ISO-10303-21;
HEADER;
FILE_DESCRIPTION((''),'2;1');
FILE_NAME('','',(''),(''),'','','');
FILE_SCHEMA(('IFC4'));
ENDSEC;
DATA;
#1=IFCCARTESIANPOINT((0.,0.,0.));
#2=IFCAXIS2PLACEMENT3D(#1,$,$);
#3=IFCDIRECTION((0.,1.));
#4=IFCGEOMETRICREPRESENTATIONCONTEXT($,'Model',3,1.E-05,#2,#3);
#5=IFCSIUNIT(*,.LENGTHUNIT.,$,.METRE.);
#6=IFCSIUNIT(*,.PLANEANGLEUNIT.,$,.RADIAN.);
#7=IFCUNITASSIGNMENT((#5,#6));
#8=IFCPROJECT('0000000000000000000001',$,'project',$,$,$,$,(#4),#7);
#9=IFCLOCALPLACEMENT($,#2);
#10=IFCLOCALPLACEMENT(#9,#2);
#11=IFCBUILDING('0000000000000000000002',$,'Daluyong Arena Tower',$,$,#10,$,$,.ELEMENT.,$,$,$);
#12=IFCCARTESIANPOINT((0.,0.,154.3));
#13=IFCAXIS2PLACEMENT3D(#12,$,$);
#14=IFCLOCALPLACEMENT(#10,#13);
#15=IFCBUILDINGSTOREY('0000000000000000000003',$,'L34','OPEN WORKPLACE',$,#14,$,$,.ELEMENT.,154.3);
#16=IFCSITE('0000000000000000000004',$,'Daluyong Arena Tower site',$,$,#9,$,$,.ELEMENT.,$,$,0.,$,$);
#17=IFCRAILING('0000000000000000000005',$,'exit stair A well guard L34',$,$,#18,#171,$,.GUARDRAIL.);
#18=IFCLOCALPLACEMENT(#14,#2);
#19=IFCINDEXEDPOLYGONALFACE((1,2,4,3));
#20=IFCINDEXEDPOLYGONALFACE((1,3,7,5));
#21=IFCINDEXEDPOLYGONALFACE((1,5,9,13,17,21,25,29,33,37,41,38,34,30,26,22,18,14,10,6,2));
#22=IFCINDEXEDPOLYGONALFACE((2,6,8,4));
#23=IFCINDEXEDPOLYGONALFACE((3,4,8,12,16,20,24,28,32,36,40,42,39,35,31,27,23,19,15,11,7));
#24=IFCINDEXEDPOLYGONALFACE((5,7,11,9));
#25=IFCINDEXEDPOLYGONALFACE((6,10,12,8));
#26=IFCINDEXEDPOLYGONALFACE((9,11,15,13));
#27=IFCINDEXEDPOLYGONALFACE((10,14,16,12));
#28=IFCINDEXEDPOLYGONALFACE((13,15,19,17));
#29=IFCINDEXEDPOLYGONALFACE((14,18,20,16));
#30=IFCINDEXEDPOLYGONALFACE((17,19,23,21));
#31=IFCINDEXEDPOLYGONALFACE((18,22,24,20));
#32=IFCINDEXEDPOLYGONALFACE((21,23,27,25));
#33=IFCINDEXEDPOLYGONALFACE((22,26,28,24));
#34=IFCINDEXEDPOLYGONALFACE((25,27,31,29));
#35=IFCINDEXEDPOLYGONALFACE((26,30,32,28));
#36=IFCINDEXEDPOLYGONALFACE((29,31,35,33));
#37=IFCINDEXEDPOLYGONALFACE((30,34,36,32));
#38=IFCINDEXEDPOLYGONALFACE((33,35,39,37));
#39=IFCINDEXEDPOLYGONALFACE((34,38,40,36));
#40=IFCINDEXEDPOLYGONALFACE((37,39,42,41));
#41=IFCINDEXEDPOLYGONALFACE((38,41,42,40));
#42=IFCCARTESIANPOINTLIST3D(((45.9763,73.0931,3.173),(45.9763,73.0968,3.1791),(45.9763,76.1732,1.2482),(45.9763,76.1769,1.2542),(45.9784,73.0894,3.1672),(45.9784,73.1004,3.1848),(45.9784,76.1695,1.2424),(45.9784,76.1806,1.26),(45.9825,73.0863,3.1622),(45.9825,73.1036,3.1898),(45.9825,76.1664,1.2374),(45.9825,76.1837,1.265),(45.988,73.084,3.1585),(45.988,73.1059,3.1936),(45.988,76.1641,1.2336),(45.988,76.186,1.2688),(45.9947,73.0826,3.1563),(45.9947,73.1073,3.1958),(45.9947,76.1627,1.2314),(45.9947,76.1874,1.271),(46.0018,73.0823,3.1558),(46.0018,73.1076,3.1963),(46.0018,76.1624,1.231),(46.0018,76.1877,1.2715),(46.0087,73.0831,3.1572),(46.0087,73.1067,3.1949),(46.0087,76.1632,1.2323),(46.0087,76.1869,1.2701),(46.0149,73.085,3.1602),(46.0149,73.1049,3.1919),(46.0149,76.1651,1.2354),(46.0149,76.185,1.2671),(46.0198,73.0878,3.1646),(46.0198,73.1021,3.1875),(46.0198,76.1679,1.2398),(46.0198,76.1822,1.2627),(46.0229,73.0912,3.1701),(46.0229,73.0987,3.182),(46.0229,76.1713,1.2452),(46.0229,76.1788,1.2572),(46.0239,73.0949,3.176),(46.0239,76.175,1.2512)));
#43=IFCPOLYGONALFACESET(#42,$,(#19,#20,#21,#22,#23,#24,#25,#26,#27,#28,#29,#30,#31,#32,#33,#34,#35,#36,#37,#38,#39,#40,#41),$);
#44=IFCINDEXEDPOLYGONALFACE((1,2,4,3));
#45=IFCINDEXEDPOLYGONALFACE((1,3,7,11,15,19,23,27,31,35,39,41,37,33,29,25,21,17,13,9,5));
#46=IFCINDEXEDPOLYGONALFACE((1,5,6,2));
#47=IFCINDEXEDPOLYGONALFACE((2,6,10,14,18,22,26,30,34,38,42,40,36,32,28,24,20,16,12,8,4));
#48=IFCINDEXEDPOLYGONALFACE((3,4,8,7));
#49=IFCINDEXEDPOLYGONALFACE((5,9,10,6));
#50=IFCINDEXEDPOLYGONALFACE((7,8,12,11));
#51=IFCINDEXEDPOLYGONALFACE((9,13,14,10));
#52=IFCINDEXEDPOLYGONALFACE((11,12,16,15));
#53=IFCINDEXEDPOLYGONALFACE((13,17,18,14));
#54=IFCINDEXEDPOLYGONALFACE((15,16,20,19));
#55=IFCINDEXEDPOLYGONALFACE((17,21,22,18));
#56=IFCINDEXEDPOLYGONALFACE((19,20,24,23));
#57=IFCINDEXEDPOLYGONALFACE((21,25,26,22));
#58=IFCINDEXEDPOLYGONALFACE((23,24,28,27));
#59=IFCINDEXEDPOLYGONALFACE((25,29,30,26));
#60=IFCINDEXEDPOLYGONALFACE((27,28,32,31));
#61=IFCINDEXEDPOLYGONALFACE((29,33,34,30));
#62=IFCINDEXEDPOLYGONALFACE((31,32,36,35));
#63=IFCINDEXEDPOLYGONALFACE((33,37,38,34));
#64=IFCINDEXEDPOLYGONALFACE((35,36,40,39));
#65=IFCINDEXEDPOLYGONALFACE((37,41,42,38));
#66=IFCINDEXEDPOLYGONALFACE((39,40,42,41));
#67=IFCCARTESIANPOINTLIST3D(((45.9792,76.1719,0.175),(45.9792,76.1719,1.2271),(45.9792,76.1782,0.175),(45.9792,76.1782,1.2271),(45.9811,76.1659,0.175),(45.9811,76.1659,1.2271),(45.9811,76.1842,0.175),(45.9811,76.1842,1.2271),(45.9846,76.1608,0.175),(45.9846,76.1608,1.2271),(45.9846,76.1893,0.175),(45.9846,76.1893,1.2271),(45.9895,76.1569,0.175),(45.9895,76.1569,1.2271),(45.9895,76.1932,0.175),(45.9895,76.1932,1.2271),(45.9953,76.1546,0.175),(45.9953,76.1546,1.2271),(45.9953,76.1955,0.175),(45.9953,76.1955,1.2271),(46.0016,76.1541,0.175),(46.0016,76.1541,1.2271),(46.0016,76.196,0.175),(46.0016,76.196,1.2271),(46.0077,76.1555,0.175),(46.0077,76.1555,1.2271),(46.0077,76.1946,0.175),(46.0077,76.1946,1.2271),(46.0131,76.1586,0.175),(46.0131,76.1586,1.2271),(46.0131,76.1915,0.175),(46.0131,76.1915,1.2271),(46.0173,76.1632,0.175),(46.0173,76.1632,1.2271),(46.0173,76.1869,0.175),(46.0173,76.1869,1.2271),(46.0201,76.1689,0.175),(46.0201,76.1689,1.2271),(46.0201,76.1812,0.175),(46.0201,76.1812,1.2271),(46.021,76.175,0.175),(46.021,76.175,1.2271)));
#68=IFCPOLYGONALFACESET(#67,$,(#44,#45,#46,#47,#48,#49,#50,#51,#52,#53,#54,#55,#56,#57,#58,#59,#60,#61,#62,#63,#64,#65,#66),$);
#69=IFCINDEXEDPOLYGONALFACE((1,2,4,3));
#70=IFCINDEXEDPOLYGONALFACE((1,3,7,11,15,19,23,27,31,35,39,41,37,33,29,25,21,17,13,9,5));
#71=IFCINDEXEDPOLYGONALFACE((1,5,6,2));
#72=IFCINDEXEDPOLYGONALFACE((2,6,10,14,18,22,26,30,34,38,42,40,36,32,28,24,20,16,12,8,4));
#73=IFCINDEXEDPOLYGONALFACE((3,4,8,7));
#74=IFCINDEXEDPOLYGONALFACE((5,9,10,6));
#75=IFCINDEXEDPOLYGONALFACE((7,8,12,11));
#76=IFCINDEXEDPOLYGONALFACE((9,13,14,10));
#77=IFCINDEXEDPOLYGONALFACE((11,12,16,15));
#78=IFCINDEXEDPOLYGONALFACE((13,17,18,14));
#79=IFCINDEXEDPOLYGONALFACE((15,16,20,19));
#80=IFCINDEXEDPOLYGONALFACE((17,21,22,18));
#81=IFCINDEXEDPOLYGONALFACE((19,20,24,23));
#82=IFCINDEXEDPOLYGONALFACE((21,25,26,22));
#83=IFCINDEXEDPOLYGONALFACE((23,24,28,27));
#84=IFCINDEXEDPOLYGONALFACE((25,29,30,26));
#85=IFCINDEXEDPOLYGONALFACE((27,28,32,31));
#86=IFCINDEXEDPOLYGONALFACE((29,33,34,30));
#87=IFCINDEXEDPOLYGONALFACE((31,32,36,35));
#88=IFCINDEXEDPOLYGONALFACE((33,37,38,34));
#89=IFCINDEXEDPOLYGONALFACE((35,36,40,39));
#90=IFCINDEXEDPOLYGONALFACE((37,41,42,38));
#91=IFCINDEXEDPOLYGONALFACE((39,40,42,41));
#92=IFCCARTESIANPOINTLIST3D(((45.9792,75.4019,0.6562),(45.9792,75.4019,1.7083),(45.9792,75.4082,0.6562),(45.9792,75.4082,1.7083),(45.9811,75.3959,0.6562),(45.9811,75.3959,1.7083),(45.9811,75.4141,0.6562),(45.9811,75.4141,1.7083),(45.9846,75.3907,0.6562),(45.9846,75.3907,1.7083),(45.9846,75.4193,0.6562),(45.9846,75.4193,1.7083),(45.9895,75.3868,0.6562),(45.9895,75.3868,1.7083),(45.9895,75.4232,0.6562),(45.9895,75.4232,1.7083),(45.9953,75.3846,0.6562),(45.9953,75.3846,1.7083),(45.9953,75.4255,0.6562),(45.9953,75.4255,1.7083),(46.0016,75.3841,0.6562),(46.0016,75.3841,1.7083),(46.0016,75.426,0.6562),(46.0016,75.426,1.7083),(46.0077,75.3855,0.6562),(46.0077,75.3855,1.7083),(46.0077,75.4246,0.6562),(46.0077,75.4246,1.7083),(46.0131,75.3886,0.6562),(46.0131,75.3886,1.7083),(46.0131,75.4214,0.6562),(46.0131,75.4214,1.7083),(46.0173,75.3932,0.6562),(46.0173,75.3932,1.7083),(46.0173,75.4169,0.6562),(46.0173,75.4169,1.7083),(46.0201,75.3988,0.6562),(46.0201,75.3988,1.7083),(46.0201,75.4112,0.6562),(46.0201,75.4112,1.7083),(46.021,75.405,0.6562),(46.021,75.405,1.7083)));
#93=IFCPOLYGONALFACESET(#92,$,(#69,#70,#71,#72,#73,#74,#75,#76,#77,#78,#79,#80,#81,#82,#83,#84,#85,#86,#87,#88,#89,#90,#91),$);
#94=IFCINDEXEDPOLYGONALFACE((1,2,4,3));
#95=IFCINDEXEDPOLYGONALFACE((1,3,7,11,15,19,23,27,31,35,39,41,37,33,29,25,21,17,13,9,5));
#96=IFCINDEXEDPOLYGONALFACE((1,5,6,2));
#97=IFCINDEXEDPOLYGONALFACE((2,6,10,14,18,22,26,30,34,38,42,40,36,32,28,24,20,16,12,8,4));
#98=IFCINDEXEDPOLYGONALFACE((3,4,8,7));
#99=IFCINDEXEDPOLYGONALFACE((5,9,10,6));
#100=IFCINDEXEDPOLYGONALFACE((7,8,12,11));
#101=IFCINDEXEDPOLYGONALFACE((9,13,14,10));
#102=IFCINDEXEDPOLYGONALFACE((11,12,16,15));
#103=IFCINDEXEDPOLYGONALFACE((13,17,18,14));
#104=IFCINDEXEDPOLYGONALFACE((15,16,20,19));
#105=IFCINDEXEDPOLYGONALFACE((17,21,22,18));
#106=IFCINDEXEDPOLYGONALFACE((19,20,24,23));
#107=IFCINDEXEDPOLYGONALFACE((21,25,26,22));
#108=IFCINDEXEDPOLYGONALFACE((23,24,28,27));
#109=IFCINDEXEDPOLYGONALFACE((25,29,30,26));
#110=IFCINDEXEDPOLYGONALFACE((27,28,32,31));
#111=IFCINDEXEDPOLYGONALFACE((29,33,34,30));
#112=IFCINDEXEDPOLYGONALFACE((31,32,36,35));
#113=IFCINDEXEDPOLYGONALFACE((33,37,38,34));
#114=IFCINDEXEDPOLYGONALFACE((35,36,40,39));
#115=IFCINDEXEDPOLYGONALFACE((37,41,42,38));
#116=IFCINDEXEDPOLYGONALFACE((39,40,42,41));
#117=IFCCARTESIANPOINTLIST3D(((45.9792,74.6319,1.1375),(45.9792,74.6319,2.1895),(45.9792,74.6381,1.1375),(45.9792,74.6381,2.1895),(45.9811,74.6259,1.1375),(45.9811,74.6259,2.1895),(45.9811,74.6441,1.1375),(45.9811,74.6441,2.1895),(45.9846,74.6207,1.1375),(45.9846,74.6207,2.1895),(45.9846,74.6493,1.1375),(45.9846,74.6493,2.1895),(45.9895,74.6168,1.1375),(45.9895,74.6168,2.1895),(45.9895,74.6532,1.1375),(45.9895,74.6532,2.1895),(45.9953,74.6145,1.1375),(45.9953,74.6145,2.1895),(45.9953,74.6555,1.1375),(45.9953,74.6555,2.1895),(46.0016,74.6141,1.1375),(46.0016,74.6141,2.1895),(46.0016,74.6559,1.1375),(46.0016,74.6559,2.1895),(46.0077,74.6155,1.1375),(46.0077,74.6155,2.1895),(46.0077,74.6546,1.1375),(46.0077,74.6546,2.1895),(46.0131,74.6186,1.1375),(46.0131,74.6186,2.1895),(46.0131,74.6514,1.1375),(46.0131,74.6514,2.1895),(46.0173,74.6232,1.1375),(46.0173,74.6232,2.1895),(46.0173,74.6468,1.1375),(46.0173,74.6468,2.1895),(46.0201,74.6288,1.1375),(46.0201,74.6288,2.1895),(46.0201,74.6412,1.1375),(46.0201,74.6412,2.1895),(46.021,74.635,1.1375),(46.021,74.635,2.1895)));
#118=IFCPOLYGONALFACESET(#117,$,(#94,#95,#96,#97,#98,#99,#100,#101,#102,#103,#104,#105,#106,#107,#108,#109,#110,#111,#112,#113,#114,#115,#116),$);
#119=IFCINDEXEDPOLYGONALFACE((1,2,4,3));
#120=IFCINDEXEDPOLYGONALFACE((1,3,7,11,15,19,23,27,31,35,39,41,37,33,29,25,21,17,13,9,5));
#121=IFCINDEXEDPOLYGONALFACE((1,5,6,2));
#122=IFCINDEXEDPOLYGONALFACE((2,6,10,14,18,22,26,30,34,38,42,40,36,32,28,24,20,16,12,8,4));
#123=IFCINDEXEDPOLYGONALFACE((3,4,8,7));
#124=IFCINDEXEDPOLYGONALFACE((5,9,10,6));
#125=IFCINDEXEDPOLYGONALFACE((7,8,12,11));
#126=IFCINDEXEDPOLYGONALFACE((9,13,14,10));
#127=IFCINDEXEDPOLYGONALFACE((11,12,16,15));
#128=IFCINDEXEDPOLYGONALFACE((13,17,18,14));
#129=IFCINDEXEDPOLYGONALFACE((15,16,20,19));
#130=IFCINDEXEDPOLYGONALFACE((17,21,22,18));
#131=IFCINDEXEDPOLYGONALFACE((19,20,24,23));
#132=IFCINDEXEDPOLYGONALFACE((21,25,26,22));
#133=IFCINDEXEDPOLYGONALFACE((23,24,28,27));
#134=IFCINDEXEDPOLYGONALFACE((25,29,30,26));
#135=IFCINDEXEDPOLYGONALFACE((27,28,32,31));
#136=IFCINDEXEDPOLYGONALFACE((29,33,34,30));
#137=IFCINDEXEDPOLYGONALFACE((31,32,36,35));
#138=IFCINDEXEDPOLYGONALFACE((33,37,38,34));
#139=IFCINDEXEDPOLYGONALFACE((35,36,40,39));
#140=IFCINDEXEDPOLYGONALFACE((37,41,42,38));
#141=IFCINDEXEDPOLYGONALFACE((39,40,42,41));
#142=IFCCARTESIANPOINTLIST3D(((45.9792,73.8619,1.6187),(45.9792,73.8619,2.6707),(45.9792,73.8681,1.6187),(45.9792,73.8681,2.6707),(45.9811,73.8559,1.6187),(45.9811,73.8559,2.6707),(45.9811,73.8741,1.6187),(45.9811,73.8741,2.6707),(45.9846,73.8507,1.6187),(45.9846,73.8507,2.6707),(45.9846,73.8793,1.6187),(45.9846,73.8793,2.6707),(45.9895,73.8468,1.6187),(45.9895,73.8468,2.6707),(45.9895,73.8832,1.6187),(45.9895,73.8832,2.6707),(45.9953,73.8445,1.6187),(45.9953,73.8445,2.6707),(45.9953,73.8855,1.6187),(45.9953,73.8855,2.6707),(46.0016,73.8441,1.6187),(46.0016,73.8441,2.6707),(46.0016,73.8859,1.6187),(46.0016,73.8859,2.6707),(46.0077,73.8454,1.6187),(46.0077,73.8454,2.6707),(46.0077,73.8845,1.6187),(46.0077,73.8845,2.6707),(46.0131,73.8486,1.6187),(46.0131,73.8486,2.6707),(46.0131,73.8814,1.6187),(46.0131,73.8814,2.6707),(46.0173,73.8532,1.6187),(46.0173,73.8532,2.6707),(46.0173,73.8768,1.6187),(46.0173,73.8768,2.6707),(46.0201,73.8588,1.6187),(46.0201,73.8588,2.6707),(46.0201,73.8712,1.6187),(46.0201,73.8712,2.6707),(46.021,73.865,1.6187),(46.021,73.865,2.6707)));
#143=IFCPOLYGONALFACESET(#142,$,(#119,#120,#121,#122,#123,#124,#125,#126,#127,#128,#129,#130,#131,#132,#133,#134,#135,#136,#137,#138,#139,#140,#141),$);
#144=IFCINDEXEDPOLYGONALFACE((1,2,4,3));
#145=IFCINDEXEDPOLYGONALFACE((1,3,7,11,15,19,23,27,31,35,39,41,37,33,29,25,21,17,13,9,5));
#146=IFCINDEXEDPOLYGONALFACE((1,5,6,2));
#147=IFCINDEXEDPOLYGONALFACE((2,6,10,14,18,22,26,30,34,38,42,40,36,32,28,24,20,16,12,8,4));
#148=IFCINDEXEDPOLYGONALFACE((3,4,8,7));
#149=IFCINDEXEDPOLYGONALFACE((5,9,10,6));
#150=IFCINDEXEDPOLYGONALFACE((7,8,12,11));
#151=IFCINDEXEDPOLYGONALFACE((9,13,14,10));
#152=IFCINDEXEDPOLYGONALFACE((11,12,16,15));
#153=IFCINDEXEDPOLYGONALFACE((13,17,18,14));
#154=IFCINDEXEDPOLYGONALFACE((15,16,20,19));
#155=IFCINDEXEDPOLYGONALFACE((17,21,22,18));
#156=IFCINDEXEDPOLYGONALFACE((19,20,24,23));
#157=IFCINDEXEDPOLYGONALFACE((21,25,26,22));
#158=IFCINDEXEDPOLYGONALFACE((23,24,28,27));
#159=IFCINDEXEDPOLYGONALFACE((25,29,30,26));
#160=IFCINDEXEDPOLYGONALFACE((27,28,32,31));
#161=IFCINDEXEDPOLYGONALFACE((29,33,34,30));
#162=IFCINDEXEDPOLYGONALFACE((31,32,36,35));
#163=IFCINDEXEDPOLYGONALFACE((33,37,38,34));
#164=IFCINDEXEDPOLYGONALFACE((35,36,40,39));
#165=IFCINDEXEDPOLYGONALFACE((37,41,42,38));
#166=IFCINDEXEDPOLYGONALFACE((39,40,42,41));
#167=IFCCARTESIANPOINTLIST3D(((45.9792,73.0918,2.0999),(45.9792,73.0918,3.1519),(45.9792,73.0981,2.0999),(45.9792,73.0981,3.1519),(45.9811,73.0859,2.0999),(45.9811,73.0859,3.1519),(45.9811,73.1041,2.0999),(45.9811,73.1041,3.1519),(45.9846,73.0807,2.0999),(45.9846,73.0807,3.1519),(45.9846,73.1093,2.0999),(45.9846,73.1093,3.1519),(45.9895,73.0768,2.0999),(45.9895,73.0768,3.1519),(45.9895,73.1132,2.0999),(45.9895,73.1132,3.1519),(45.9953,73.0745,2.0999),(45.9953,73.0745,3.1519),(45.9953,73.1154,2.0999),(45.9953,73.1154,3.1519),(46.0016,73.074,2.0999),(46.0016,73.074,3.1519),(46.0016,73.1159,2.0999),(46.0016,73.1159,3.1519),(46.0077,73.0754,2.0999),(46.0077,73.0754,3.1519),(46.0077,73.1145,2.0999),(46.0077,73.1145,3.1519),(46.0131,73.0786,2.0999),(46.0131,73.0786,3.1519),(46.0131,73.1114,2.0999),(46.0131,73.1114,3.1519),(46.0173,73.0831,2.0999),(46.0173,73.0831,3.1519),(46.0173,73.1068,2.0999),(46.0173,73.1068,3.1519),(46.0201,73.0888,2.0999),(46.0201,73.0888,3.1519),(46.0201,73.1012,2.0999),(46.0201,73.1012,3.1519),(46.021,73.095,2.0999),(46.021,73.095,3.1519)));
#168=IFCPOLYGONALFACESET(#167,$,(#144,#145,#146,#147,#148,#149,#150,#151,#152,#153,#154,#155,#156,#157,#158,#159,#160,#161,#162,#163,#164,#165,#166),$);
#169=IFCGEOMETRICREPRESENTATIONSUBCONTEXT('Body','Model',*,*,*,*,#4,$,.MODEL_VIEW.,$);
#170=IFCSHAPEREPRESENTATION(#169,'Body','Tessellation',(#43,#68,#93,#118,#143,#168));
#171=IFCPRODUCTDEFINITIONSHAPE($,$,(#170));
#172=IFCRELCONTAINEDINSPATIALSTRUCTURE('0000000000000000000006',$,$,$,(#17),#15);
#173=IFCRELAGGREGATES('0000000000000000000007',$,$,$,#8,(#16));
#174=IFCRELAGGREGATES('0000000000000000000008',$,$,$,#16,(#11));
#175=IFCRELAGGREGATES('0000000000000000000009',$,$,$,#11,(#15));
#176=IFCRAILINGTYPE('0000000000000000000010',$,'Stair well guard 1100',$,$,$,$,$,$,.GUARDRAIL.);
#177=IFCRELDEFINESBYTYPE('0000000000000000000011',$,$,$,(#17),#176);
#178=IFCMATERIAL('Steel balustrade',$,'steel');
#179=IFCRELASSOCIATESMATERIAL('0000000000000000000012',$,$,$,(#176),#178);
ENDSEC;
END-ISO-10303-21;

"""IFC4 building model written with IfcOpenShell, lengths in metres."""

from ifc_helpers import new_model, si_unit, direction, frame, origin, origin_2d, place, context, subcontext, project, spatial, circle, extrude, material, type_object, element, save


model = new_model("IFC4")

# Units and contexts
model_context = context("Model", 3, precision=1e-05, world=origin(), true_north=direction((0.0, 1.0)))
body_context = subcontext(model_context, "Body", "Model", "MODEL_VIEW")
ifc_project = project(units=[si_unit("LENGTHUNIT", "METRE"), si_unit("PLANEANGLEUNIT", "RADIAN")], contexts=[model_context])

# Site, building, storey
site_placement = place(None, origin())
site = spatial("IfcSite", under=ifc_project, at=site_placement, Name="Daluyong Arena Tower site", CompositionType="ELEMENT", RefElevation=0.0)
building_placement = place(site_placement, origin())
building = spatial("IfcBuilding", under=site, at=building_placement, Name="Daluyong Arena Tower", CompositionType="ELEMENT")
storey_placement = place(building_placement, frame((0.0, 0.0, 154.3)))
storey = spatial("IfcBuildingStorey", under=building, at=storey_placement, Name="L34", Description="OPEN WORKPLACE", CompositionType="ELEMENT", Elevation=154.3)

# Railing
ifc_material_1 = material(Name="Steel balustrade", Category="steel")
railing_type_1 = type_object("IfcRailingType", Name="Stair well guard 1100", PredefinedType="GUARDRAIL", material=ifc_material_1)
railing_1_placement = place(storey_placement, frame((46.0, 76.175, 0.175)))
element("IfcRailing", 1, at=railing_1_placement, inside=storey, type_object=railing_type_1, Name="exit stair A well guard L34", PredefinedType="GUARDRAIL", context=body_context, shape_type="SweptSolid", body=[
    extrude(circle(Radius=0.0239, at=origin_2d()), frame((0.0, 0.0, 1.0762), z_axis=(0.0, -0.848029, 0.529951), x_axis=(1.0, 0.0, 0.0)), (0.0, 0.0, 1.0), 3.6321),
    extrude(circle(Radius=0.021, at=origin_2d()), origin(), (0.0, 0.0, 1.0), 1.052),
    extrude(circle(Radius=0.021, at=origin_2d()), frame((0.0, -0.77, 0.4812)), (0.0, 0.0, 1.0), 1.052),
    extrude(circle(Radius=0.021, at=origin_2d()), frame((0.0, -1.54, 0.9624)), (0.0, 0.0, 1.0), 1.052),
    extrude(circle(Radius=0.021, at=origin_2d()), frame((0.0, -2.3101, 1.4436)), (0.0, 0.0, 1.0), 1.052),
    extrude(circle(Radius=0.021, at=origin_2d()), frame((0.0, -3.0801, 1.9248)), (0.0, 0.0, 1.0), 1.052),
])

save(model, "model.ifc")
